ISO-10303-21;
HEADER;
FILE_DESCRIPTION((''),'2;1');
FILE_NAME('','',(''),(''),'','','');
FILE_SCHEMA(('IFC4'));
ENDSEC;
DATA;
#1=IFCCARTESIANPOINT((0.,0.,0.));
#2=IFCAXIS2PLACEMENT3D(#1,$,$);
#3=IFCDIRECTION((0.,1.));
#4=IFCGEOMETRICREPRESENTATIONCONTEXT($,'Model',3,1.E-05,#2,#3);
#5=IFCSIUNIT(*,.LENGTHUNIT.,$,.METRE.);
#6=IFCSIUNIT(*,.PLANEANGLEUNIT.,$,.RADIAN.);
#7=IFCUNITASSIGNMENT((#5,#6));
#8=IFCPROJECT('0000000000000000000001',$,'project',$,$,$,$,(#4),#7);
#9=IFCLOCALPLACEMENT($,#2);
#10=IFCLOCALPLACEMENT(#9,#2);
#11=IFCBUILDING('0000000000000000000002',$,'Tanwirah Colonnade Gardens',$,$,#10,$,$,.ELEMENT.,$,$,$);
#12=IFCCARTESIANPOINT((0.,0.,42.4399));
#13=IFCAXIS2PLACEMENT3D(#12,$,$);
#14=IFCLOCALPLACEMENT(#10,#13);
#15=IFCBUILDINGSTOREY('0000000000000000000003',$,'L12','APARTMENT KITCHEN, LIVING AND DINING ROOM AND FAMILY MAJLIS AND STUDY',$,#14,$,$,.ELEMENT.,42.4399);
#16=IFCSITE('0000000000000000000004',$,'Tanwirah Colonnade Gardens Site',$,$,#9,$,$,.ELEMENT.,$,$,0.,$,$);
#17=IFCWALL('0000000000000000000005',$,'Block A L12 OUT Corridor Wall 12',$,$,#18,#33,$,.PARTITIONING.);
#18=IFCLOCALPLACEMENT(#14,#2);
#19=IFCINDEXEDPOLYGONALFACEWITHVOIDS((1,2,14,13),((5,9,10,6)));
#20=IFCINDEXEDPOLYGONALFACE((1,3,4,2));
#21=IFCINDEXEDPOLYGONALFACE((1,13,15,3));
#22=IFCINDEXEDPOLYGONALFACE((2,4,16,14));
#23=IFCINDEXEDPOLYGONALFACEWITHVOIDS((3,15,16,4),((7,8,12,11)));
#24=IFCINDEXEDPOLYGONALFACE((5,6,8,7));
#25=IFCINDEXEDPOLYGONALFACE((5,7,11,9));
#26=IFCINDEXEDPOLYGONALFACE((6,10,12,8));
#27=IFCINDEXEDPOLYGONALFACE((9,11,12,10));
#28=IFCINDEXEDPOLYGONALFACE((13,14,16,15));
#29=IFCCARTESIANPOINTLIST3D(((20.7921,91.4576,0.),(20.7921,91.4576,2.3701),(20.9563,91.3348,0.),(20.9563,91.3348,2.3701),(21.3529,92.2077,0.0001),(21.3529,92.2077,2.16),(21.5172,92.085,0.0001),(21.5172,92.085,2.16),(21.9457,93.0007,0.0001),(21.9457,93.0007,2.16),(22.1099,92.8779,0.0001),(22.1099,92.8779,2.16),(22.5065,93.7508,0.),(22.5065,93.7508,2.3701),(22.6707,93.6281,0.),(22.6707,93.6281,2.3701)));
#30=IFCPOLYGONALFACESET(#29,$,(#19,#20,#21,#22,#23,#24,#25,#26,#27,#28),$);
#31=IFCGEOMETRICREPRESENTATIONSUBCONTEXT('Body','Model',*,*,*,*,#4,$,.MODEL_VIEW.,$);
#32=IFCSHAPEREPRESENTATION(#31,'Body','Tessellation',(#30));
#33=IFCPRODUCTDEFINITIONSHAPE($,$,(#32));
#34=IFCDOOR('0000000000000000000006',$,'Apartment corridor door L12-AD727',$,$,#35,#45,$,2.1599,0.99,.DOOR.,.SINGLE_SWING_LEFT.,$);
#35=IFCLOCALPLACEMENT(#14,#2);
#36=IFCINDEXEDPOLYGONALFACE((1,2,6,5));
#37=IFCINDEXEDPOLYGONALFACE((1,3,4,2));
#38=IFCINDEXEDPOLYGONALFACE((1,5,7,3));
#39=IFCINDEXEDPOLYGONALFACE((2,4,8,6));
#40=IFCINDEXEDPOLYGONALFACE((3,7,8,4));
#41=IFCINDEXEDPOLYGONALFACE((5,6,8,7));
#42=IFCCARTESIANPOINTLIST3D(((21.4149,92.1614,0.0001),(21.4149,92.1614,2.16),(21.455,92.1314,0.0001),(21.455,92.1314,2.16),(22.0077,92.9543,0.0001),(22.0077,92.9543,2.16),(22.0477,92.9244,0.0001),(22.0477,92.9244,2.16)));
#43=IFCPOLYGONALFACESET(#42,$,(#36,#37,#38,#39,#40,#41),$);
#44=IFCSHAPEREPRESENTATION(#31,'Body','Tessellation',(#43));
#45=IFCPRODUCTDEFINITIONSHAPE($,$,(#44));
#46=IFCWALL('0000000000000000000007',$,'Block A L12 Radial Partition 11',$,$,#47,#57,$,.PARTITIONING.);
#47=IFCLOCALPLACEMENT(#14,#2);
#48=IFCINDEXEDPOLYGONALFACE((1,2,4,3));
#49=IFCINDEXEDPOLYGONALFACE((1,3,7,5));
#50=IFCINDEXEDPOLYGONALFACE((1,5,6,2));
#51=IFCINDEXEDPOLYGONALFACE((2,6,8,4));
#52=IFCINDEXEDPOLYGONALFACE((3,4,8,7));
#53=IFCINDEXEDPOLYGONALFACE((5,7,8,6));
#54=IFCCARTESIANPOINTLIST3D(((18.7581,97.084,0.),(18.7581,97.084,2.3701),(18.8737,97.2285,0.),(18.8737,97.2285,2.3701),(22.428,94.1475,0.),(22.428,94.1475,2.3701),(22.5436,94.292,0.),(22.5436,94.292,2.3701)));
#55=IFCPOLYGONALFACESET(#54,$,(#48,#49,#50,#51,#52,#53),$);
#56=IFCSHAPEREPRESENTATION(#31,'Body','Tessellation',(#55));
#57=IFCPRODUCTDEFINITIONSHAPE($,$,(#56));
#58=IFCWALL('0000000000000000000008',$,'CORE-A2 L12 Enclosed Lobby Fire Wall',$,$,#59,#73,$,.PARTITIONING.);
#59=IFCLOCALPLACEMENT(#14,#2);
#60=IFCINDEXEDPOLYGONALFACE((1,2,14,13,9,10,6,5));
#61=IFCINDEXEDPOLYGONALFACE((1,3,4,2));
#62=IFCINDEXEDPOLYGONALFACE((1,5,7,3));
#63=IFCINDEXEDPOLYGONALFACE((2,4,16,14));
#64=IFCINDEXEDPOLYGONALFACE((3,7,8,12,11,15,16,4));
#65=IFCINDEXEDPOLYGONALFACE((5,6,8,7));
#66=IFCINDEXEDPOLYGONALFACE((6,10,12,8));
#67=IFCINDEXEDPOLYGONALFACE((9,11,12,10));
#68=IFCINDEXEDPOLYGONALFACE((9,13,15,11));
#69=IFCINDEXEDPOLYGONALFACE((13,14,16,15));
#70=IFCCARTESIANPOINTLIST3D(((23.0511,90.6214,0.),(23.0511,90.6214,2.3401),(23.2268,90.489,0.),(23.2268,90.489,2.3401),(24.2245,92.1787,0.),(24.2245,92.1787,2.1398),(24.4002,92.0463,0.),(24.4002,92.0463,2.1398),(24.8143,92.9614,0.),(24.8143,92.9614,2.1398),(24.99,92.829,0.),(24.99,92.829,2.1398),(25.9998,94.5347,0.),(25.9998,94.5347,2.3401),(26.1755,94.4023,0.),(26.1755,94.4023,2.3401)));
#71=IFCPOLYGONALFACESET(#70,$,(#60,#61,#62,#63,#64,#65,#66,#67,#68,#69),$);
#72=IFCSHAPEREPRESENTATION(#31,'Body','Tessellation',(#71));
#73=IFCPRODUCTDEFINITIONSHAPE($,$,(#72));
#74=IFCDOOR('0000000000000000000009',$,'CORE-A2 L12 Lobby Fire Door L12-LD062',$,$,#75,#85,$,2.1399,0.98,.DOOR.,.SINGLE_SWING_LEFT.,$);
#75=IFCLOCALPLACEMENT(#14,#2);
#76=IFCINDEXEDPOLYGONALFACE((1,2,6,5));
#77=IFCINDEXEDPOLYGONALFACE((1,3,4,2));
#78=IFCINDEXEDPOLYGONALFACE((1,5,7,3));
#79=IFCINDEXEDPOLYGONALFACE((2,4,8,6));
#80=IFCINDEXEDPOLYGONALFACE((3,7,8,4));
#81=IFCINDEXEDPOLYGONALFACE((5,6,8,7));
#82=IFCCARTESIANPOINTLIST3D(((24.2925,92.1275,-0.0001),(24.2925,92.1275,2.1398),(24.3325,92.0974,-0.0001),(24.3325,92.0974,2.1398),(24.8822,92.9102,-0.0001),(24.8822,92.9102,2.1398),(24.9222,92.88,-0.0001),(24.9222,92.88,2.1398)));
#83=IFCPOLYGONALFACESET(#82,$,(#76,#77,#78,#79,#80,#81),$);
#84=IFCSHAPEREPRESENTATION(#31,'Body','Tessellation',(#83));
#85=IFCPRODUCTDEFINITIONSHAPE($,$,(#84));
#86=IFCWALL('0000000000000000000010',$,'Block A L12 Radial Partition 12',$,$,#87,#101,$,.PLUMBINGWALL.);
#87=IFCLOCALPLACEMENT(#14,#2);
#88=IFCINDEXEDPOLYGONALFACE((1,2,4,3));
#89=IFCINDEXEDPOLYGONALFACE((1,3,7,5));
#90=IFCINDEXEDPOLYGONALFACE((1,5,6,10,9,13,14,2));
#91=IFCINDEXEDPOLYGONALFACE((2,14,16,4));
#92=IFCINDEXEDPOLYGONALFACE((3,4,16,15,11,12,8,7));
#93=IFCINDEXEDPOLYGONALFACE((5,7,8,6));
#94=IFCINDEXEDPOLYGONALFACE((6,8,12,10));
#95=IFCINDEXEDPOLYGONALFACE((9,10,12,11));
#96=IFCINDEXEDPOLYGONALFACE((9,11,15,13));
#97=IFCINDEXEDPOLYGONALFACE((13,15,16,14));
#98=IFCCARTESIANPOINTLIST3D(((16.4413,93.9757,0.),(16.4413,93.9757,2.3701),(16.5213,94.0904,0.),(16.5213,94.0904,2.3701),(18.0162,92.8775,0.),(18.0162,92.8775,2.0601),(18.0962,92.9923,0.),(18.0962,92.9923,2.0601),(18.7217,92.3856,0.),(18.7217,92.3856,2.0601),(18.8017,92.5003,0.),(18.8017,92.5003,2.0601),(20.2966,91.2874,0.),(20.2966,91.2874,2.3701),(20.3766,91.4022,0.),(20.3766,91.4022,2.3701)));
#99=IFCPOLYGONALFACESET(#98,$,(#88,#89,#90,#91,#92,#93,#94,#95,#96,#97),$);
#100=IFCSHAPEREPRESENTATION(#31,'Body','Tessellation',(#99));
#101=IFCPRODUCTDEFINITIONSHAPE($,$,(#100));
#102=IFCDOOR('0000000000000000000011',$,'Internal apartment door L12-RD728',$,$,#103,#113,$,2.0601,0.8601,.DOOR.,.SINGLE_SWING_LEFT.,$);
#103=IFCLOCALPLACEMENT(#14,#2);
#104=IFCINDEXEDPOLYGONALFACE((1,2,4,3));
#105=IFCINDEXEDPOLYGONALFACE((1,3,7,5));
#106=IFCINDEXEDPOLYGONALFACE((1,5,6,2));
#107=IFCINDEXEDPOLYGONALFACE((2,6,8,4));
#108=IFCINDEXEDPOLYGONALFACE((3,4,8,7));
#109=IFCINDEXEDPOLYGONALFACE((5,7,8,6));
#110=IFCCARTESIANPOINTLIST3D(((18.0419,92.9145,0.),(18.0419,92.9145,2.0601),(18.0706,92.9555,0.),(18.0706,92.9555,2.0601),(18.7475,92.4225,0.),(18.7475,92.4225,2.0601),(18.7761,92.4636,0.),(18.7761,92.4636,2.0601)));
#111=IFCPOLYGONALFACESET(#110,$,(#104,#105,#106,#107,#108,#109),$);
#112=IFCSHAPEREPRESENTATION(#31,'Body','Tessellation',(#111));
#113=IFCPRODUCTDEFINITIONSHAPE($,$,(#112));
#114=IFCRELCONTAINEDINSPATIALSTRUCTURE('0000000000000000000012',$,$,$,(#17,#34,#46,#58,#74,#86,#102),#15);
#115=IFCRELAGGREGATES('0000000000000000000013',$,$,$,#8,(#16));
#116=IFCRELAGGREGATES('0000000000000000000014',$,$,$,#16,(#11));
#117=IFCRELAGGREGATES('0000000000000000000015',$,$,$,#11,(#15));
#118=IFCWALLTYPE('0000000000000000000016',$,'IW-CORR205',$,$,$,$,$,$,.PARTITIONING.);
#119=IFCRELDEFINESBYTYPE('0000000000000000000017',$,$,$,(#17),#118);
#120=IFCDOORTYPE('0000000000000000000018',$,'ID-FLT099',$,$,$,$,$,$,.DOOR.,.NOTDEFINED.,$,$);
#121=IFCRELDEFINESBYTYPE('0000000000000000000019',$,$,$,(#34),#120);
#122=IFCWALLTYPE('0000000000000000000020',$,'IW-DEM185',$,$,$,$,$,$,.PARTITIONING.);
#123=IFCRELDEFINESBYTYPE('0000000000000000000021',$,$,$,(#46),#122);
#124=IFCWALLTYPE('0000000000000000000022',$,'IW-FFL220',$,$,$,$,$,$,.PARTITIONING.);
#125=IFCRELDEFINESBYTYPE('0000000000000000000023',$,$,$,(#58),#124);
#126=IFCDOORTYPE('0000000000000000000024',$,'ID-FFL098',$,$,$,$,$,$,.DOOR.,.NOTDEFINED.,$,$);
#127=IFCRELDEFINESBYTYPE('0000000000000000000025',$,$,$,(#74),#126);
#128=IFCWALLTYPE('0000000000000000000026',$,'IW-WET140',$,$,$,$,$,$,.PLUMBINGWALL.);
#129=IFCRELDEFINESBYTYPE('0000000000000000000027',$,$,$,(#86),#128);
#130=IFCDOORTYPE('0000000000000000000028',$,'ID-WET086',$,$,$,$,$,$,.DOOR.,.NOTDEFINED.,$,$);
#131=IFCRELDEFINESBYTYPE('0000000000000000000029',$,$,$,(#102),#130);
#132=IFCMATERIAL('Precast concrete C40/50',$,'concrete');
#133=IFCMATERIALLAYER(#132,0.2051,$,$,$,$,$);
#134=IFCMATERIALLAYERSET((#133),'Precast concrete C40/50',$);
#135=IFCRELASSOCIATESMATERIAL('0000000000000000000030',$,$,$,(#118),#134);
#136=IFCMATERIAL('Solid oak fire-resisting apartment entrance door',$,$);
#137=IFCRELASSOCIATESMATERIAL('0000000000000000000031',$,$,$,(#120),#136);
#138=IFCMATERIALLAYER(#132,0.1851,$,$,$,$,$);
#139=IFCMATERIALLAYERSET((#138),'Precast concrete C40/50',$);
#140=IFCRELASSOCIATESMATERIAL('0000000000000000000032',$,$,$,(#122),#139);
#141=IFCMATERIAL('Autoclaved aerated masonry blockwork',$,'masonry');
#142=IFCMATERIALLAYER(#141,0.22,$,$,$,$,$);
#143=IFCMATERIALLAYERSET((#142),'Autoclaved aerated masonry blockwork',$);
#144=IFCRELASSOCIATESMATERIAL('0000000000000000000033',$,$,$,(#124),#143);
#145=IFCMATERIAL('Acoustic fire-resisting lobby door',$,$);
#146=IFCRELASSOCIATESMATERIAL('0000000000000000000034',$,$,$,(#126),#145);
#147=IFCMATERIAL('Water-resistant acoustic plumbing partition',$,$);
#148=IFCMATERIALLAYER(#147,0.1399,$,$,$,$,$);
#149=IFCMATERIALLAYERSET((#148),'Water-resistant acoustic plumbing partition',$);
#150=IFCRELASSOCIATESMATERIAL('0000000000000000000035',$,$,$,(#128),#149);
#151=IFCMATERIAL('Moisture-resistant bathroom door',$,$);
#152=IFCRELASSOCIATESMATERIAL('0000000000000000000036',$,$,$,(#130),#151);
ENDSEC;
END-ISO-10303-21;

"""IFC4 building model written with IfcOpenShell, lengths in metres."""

from ifc_helpers import new_model, si_unit, direction, frame, frame_2d, origin, place, context, subcontext, project, spatial, rectangle, extrude, material, layer, layer_set, type_object, element, fill, save


model = new_model("IFC4")

# Units and contexts
model_context = context("Model", 3, precision=1e-05, world=origin(), true_north=direction((0.0, 1.0)))
body_context = subcontext(model_context, "Body", "Model", "MODEL_VIEW")
ifc_project = project(units=[si_unit("LENGTHUNIT", "METRE"), si_unit("PLANEANGLEUNIT", "RADIAN")], contexts=[model_context])

# Site, building, storey
site_placement = place(None, origin())
site = spatial("IfcSite", under=ifc_project, at=site_placement, Name="Tanwirah Colonnade Gardens Site", CompositionType="ELEMENT", RefElevation=0.0)
building_placement = place(site_placement, origin())
building = spatial("IfcBuilding", under=site, at=building_placement, Name="Tanwirah Colonnade Gardens", CompositionType="ELEMENT")
storey_placement = place(building_placement, frame((0.0, 0.0, 42.4399)))
storey = spatial("IfcBuildingStorey", under=building, at=storey_placement, Name="L12", Description="APARTMENT KITCHEN, LIVING AND DINING ROOM AND FAMILY MAJLIS AND STUDY", CompositionType="ELEMENT", Elevation=42.4399)

# Shared definitions
ifc_material_1 = material(Name="Precast concrete C40/50", Category="concrete")

# Wall, opening, door
ifc_layer_1 = layer(ifc_material_1, 0.2051)
ifc_layer_set_1 = layer_set([ifc_layer_1], Name="Precast concrete C40/50")
wall_type_1 = type_object("IfcWallType", Name="IW-CORR205", PredefinedType="PARTITIONING", material=ifc_layer_set_1)
wall_1_placement = place(storey_placement, frame((22.5886, 93.6895, 0.0), z_axis=(0.0, 0.0, 1.0), x_axis=(-0.598758, -0.80093, 0.0)))
wall_1 = element("IfcWall", 1, at=wall_1_placement, inside=storey, type_object=wall_type_1, Name="Block A L12 OUT Corridor Wall 12", PredefinedType="PARTITIONING", context=body_context, shape_type="SweptSolid", body=[
    extrude(rectangle(XDim=2.8633, YDim=0.2051, at=frame_2d((1.4316, 0.0))), origin(), (0.0, 0.0, 1.0), 2.3701),
])
opening_1_placement = place(wall_1_placement, frame((0.9365, 0.0, 0.0)))
opening_1 = element("IfcOpeningElement", 2, at=opening_1_placement, cuts=wall_1, PredefinedType="OPENING", context=body_context, shape_type="SweptSolid", body=[
    extrude(rectangle(XDim=0.99, YDim=2.1599, at=frame_2d((0.4951, 1.0801))), frame((0.0, 0.1125, 0.0), z_axis=(0.0, -1.0, 0.0), x_axis=(1.0, 0.0, 0.0)), (0.0, 0.0, 1.0), 0.2251),
])
ifc_material_2 = material(Name="Solid oak fire-resisting apartment entrance door")
door_type_1 = type_object("IfcDoorType", Name="ID-FLT099", OperationType="NOTDEFINED", PredefinedType="DOOR", material=ifc_material_2)
door_1_placement = place(opening_1_placement, origin())
door_1 = element("IfcDoor", 3, at=door_1_placement, inside=storey, type_object=door_type_1, Name="Apartment corridor door L12-AD727", OperationType="SINGLE_SWING_LEFT", OverallHeight=2.1599, OverallWidth=0.99, PredefinedType="DOOR", context=body_context, shape_type="SweptSolid", body=[
    extrude(rectangle(XDim=0.99, YDim=2.1599, at=frame_2d((0.4951, 1.0801))), frame((0.0, 0.0249, 0.0), z_axis=(0.0, -1.0, 0.0), x_axis=(1.0, 0.0, 0.0)), (0.0, 0.0, 1.0), 0.05),
])
fill(opening_1, door_1)

# Wall
ifc_layer_2 = layer(ifc_material_1, 0.1851)
ifc_layer_set_2 = layer_set([ifc_layer_2], Name="Precast concrete C40/50")
wall_type_2 = type_object("IfcWallType", Name="IW-DEM185", PredefinedType="PARTITIONING", material=ifc_layer_set_2)
wall_2_placement = place(storey_placement, frame((22.4858, 94.2197, 0.0), z_axis=(0.0, 0.0, 1.0), x_axis=(-0.780808, 0.624771, 0.0)))
element("IfcWall", 4, at=wall_2_placement, inside=storey, type_object=wall_type_2, Name="Block A L12 Radial Partition 11", PredefinedType="PARTITIONING", context=body_context, shape_type="SweptSolid", body=[
    extrude(rectangle(XDim=4.7002, YDim=0.1851, at=frame_2d((2.3501, 0.0))), origin(), (0.0, 0.0, 1.0), 2.3701),
])

# Walls, openings, doors
ifc_material_3 = material(Name="Autoclaved aerated masonry blockwork", Category="masonry")
ifc_layer_3 = layer(ifc_material_3, 0.22)
ifc_layer_set_3 = layer_set([ifc_layer_3], Name="Autoclaved aerated masonry blockwork")
wall_type_3 = type_object("IfcWallType", Name="IW-FFL220", PredefinedType="PARTITIONING", material=ifc_layer_set_3)
wall_3_placement = place(storey_placement, frame((23.1389, 90.5552, 0.0), z_axis=(0.0, 0.0, 1.0), x_axis=(0.601792, 0.798653, 0.0)))
wall_3 = element("IfcWall", 5, at=wall_3_placement, inside=storey, type_object=wall_type_3, Name="CORE-A2 L12 Enclosed Lobby Fire Wall", PredefinedType="PARTITIONING", context=body_context, shape_type="SweptSolid", body=[
    extrude(rectangle(XDim=4.8999, YDim=0.22, at=frame_2d((2.45, 0.0))), origin(), (0.0, 0.0, 1.0), 2.3401),
])
opening_2_placement = place(wall_3_placement, frame((1.95, 0.0, 0.0)))
opening_2 = element("IfcOpeningElement", 6, at=opening_2_placement, cuts=wall_3, PredefinedType="OPENING", context=body_context, shape_type="SweptSolid", body=[
    extrude(rectangle(XDim=0.98, YDim=2.1399, at=frame_2d((0.49, 1.0698))), frame((0.0, 0.1199, 0.0), z_axis=(0.0, -1.0, 0.0), x_axis=(1.0, 0.0, 0.0)), (0.0, 0.0, 1.0), 0.24),
])
ifc_material_4 = material(Name="Acoustic fire-resisting lobby door")
door_type_2 = type_object("IfcDoorType", Name="ID-FFL098", OperationType="NOTDEFINED", PredefinedType="DOOR", material=ifc_material_4)
door_2_placement = place(opening_2_placement, origin())
door_2 = element("IfcDoor", 7, at=door_2_placement, inside=storey, type_object=door_type_2, Name="CORE-A2 L12 Lobby Fire Door L12-LD062", OperationType="SINGLE_SWING_LEFT", OverallHeight=2.1399, OverallWidth=0.98, PredefinedType="DOOR", context=body_context, shape_type="SweptSolid", body=[
    extrude(rectangle(XDim=0.98, YDim=2.1399, at=frame_2d((0.49, 1.0698))), frame((0.0, 0.0249, 0.0), z_axis=(0.0, -1.0, 0.0), x_axis=(1.0, 0.0, 0.0)), (0.0, 0.0, 1.0), 0.05),
])
fill(opening_2, door_2)
ifc_material_5 = material(Name="Water-resistant acoustic plumbing partition")
ifc_layer_4 = layer(ifc_material_5, 0.1399)
ifc_layer_set_4 = layer_set([ifc_layer_4], Name="Water-resistant acoustic plumbing partition")
wall_type_4 = type_object("IfcWallType", Name="IW-WET140", PredefinedType="PLUMBINGWALL", material=ifc_layer_set_4)
wall_4_placement = place(storey_placement, frame((20.3367, 91.3447, 0.0), z_axis=(0.0, 0.0, 1.0), x_axis=(-0.820273, 0.571973, 0.0)))
wall_4 = element("IfcWall", 8, at=wall_4_placement, inside=storey, type_object=wall_type_4, Name="Block A L12 Radial Partition 12", PredefinedType="PLUMBINGWALL", context=body_context, shape_type="SweptSolid", body=[
    extrude(rectangle(XDim=4.7, YDim=0.1399, at=frame_2d((2.3501, 0.0))), origin(), (0.0, 0.0, 1.0), 2.3701),
])
opening_3_placement = place(wall_4_placement, frame((1.9199, 0.0, 0.0)))
opening_3 = element("IfcOpeningElement", 9, at=opening_3_placement, cuts=wall_4, PredefinedType="OPENING", context=body_context, shape_type="SweptSolid", body=[
    extrude(rectangle(XDim=0.8601, YDim=2.0601, at=frame_2d((0.4302, 1.03))), frame((0.0, 0.0798, 0.0), z_axis=(0.0, -1.0, 0.0), x_axis=(1.0, 0.0, 0.0)), (0.0, 0.0, 1.0), 0.1599),
])
ifc_material_6 = material(Name="Moisture-resistant bathroom door")
door_type_3 = type_object("IfcDoorType", Name="ID-WET086", OperationType="NOTDEFINED", PredefinedType="DOOR", material=ifc_material_6)
door_3_placement = place(opening_3_placement, origin())
door_3 = element("IfcDoor", 10, at=door_3_placement, inside=storey, type_object=door_type_3, Name="Internal apartment door L12-RD728", OperationType="SINGLE_SWING_LEFT", OverallHeight=2.0601, OverallWidth=0.8601, PredefinedType="DOOR", context=body_context, shape_type="SweptSolid", body=[
    extrude(rectangle(XDim=0.8601, YDim=2.0601, at=frame_2d((0.4302, 1.03))), frame((0.0, 0.0249, 0.0), z_axis=(0.0, -1.0, 0.0), x_axis=(1.0, 0.0, 0.0)), (0.0, 0.0, 1.0), 0.05),
])
fill(opening_3, door_3)

save(model, "model.ifc")
